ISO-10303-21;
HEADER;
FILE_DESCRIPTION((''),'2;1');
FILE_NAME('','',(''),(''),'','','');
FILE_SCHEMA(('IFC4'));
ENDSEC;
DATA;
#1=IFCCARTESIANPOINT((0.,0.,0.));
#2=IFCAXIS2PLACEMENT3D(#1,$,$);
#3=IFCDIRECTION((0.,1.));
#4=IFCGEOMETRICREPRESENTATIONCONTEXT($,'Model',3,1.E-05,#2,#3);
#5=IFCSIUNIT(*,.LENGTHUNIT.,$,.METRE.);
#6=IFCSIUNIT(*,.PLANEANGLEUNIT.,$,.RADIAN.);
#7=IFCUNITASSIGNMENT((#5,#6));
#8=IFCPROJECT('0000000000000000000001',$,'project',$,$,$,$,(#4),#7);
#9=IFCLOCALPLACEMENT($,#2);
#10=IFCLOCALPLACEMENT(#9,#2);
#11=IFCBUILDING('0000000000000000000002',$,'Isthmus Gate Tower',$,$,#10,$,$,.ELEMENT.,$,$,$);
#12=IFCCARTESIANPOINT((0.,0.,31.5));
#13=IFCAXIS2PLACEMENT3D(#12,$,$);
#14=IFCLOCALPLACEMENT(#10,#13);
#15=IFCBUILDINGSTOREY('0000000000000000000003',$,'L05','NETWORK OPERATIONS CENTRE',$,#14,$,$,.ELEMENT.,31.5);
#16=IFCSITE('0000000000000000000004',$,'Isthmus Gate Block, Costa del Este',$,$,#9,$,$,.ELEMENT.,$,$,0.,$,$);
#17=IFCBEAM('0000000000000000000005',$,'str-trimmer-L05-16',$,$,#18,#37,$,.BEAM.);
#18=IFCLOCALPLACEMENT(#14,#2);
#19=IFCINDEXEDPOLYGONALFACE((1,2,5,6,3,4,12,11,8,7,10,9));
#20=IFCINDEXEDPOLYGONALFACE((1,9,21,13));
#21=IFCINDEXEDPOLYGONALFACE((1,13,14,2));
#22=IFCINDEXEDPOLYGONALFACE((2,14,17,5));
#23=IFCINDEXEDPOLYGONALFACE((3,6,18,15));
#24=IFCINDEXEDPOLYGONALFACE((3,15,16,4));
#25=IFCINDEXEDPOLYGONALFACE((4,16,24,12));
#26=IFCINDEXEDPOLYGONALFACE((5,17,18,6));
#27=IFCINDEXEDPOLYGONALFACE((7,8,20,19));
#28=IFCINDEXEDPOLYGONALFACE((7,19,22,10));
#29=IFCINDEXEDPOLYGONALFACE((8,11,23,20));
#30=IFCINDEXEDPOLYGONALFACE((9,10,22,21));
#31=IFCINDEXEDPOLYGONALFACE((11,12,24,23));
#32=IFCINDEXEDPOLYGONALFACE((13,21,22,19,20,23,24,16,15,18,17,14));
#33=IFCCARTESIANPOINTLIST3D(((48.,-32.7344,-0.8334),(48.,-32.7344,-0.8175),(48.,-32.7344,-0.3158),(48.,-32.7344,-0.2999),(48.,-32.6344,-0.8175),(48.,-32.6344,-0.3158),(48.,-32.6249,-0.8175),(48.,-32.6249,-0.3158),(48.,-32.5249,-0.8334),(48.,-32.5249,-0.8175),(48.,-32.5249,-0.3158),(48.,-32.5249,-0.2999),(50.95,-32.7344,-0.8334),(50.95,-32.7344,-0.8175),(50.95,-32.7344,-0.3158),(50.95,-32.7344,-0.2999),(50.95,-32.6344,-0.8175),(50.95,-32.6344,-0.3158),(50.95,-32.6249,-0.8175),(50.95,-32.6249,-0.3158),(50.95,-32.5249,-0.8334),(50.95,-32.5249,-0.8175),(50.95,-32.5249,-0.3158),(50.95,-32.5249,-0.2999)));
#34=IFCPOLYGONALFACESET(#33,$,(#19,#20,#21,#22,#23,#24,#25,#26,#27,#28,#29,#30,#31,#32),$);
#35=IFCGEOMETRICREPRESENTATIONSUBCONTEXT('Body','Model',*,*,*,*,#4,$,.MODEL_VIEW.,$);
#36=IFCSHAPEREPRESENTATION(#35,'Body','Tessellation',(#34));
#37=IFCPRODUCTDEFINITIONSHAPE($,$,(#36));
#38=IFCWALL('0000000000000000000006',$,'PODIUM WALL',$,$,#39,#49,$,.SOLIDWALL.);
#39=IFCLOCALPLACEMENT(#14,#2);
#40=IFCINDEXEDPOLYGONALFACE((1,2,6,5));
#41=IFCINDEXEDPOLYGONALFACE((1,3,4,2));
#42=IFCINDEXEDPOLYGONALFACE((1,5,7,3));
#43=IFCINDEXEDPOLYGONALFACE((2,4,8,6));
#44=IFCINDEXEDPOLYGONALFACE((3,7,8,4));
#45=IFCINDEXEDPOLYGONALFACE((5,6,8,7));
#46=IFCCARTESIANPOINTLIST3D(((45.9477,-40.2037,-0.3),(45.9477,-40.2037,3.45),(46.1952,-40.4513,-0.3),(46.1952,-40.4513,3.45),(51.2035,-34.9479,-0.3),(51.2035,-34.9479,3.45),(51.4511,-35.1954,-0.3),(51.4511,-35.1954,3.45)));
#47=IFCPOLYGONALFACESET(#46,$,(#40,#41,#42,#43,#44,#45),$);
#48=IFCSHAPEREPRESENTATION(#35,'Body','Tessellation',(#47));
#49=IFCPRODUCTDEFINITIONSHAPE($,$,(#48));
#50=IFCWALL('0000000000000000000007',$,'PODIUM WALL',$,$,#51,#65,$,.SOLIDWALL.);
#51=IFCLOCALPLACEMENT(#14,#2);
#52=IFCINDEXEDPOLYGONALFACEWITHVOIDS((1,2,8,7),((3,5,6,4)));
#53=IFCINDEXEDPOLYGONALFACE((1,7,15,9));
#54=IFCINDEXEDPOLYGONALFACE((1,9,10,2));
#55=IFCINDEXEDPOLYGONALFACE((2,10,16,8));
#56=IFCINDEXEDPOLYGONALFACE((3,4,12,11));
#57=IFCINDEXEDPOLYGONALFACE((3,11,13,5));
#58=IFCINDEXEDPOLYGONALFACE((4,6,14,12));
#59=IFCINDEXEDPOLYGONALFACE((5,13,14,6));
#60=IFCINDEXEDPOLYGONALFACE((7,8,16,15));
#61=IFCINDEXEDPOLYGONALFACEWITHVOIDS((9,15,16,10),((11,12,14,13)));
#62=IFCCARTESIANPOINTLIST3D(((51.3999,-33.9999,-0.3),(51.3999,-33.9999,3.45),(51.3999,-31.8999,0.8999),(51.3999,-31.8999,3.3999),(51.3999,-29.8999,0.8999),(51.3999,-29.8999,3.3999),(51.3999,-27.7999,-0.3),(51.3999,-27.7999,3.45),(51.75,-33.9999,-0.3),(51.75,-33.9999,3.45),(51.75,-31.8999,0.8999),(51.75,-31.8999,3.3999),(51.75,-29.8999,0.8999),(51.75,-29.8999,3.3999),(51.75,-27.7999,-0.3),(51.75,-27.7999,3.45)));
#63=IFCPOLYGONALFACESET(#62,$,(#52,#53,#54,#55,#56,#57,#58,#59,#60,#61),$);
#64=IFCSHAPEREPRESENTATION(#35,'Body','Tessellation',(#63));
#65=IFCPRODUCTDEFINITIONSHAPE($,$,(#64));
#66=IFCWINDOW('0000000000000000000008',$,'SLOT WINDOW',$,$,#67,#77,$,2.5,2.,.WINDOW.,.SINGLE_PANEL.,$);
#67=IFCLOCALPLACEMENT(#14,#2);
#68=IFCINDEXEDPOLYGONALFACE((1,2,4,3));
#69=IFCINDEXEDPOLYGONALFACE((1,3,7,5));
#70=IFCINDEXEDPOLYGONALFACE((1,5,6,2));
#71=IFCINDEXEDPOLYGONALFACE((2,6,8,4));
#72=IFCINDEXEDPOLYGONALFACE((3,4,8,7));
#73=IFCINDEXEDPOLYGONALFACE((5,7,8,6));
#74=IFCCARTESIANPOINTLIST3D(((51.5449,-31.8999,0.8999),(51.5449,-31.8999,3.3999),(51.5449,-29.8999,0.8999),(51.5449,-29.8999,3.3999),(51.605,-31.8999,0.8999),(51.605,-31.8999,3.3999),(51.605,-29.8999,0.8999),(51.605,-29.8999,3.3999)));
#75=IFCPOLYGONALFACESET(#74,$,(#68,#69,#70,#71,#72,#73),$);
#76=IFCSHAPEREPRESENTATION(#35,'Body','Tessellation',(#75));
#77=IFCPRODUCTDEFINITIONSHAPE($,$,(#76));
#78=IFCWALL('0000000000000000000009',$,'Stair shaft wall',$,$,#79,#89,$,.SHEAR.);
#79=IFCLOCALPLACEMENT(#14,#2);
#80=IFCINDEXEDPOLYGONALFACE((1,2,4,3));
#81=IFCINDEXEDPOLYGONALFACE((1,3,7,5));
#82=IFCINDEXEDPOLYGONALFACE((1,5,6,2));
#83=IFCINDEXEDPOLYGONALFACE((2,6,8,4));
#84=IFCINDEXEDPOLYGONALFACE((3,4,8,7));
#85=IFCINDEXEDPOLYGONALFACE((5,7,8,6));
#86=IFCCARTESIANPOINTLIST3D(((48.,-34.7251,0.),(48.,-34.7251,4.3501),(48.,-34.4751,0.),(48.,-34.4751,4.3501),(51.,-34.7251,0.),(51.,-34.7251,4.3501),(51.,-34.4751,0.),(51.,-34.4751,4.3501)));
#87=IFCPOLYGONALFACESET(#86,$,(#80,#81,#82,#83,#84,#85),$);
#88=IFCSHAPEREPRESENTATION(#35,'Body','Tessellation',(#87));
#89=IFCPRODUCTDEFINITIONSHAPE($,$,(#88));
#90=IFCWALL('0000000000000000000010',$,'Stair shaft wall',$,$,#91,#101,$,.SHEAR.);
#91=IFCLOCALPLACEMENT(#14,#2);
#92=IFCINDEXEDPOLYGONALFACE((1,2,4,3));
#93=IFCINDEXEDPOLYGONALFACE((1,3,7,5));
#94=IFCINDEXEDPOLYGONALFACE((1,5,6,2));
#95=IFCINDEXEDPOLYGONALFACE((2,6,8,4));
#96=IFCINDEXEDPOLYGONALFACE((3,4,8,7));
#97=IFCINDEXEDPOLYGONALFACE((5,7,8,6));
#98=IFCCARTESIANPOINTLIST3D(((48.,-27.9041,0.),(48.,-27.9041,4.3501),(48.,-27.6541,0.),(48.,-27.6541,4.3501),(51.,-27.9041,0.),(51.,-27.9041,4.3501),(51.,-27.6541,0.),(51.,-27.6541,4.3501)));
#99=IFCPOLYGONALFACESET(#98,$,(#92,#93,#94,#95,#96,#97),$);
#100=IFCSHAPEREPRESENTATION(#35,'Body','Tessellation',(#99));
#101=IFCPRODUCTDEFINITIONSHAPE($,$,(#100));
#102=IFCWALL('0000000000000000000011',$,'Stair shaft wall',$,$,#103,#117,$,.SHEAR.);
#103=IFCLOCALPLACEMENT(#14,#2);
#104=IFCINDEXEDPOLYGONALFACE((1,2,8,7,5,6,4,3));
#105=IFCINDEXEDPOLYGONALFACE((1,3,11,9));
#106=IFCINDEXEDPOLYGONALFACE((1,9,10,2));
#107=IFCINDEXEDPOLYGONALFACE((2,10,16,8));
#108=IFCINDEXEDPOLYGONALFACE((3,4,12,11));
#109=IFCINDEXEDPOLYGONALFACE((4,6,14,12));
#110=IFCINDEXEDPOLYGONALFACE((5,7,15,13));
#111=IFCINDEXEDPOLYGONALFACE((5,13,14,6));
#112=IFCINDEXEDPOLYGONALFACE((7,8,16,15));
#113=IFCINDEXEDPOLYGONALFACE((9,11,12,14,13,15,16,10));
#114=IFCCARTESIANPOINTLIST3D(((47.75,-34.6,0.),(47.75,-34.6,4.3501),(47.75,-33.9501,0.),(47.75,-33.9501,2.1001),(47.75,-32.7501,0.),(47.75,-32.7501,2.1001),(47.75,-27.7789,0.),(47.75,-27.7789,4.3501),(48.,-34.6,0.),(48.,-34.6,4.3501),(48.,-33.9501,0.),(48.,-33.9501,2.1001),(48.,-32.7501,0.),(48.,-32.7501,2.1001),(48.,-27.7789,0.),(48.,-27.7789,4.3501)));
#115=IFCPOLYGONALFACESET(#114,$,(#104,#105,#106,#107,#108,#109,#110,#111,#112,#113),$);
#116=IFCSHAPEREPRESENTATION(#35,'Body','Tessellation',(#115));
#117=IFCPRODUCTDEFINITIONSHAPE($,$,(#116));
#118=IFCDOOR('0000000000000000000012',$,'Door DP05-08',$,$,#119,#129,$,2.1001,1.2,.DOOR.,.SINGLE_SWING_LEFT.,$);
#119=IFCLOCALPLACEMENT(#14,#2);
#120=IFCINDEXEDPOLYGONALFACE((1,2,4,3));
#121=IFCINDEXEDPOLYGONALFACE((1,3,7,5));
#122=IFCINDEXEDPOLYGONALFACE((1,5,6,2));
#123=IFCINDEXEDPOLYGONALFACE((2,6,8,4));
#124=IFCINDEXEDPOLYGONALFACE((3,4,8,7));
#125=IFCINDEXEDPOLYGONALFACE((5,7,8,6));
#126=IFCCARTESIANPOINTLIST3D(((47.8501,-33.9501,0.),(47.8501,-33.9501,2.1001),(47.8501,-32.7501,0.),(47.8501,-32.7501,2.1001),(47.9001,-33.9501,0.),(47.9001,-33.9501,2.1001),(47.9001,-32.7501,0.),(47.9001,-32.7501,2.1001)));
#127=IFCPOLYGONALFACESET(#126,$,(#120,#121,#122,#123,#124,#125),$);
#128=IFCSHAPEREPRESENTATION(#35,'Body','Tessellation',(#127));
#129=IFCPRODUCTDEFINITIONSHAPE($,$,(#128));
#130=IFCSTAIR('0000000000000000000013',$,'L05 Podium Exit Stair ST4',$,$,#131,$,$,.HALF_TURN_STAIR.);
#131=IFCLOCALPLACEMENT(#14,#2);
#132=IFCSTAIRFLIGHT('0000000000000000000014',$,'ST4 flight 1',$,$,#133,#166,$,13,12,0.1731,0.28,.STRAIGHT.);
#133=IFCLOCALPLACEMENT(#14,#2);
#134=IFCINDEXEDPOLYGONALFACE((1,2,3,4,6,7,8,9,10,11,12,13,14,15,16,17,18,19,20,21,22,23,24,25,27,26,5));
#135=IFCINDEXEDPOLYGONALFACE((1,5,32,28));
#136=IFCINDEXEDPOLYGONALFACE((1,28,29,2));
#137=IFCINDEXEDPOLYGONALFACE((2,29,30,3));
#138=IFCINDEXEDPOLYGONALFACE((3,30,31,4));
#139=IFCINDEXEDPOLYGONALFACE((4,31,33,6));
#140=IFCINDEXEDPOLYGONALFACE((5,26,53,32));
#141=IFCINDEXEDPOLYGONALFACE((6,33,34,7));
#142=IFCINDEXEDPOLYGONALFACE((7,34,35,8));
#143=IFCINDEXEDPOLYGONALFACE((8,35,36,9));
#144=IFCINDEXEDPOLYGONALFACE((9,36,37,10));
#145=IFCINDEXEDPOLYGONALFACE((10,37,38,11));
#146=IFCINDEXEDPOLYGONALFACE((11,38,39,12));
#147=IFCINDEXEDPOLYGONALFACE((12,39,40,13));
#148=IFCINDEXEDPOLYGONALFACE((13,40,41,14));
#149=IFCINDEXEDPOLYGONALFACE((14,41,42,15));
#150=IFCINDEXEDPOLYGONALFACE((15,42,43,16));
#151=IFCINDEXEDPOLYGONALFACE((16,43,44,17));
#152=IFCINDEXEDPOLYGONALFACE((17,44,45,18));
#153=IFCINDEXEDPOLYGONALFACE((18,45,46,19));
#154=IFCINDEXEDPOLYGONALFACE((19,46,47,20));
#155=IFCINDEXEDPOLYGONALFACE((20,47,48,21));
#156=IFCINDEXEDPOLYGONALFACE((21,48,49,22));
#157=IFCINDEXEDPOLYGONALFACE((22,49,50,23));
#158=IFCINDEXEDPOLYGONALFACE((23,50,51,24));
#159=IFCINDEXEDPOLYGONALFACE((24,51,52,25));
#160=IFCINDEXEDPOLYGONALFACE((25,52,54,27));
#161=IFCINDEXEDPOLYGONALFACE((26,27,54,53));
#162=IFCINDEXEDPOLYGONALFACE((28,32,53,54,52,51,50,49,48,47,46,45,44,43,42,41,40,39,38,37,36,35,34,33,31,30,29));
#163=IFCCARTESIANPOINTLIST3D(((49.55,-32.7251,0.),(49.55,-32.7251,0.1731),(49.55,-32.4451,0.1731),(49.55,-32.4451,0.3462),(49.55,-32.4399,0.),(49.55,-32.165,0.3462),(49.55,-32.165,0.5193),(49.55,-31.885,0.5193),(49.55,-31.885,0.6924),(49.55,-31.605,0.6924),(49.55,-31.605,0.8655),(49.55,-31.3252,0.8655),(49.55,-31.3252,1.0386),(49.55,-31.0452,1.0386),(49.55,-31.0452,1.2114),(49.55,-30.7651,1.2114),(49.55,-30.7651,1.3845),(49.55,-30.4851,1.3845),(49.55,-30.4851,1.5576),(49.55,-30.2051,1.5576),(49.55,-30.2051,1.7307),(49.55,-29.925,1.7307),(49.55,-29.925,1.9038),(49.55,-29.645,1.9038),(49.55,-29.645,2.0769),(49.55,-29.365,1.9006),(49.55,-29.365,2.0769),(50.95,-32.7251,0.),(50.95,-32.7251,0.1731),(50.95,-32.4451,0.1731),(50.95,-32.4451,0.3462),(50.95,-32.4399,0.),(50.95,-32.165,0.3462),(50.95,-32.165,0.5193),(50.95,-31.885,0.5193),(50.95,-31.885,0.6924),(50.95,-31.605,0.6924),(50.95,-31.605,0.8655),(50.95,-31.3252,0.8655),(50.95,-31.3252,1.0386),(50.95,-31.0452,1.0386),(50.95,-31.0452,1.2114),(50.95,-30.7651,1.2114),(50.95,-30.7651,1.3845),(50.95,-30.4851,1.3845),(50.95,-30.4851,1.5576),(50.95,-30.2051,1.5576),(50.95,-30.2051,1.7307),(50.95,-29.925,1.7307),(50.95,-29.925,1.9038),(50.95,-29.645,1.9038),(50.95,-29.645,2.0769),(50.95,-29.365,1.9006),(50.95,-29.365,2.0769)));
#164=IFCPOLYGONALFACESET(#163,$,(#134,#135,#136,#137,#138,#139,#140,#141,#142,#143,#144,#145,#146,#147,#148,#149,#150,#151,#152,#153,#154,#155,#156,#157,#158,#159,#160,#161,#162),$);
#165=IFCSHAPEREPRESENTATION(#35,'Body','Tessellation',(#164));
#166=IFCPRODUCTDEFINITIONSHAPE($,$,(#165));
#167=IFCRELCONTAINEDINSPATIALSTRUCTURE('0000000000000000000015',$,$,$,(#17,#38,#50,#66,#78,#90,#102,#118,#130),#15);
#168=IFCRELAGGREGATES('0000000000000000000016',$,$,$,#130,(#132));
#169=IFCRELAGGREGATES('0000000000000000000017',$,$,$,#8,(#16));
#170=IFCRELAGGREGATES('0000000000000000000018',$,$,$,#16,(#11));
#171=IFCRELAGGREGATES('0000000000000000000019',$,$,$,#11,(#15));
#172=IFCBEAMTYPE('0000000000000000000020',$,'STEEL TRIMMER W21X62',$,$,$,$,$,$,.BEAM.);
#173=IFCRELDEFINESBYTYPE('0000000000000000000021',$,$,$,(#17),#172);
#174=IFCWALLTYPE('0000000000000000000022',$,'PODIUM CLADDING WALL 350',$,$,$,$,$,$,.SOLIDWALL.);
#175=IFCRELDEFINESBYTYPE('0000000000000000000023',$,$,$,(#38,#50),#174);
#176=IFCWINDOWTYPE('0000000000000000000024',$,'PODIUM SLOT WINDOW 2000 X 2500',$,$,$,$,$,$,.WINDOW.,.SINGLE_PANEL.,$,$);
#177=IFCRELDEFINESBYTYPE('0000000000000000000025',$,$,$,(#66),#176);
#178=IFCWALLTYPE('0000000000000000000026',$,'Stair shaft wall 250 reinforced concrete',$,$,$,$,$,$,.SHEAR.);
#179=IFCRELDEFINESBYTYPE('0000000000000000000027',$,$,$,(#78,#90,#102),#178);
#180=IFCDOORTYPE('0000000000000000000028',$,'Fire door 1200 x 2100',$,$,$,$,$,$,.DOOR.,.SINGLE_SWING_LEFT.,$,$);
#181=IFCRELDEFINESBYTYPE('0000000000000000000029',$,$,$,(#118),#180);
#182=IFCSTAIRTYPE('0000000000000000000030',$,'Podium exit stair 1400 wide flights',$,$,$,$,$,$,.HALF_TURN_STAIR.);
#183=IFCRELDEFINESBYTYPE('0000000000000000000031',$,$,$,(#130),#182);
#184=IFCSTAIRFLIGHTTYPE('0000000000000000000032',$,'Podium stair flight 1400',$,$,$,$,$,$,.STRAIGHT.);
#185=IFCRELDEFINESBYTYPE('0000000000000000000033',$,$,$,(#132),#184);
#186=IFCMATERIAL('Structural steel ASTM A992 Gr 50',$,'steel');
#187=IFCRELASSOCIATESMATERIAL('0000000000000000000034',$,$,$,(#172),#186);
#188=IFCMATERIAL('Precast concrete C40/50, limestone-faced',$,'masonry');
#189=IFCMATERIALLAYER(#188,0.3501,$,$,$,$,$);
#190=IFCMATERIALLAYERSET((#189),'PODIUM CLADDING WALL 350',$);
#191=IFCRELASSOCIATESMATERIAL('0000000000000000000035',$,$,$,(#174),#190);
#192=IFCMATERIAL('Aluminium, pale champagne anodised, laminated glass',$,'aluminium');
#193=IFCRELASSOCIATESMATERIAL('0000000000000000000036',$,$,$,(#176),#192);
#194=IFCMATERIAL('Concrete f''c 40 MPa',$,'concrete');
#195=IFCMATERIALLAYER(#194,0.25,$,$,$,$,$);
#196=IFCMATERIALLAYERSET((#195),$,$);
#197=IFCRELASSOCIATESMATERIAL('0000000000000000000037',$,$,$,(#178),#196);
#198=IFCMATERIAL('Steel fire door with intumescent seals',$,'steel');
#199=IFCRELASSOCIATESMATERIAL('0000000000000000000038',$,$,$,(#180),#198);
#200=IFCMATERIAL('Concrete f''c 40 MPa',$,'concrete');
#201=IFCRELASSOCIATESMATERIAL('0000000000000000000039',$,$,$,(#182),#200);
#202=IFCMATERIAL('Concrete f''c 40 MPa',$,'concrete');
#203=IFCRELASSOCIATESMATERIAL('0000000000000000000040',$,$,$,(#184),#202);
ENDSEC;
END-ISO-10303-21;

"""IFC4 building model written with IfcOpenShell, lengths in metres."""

from ifc_helpers import new_model, si_unit, direction, frame, frame_2d, origin, origin_2d, place, context, subcontext, project, spatial, polyline, rectangle, i_section, outline, extrude, material, layer, layer_set, material_profile, profile_set, type_object, element, fill, aggregate, save


model = new_model("IFC4")

# Units and contexts
model_context = context("Model", 3, precision=1e-05, world=origin(), true_north=direction((0.0, 1.0)))
body_context = subcontext(model_context, "Body", "Model", "MODEL_VIEW")
ifc_project = project(units=[si_unit("LENGTHUNIT", "METRE"), si_unit("PLANEANGLEUNIT", "RADIAN")], contexts=[model_context])

# Site, building, storey
site_placement = place(None, origin())
site = spatial("IfcSite", under=ifc_project, at=site_placement, Name="Isthmus Gate Block, Costa del Este", CompositionType="ELEMENT", RefElevation=0.0)
building_placement = place(site_placement, origin())
building = spatial("IfcBuilding", under=site, at=building_placement, Name="Isthmus Gate Tower", CompositionType="ELEMENT")
storey_placement = place(building_placement, frame((0.0, 0.0, 31.5)))
storey = spatial("IfcBuildingStorey", under=building, at=storey_placement, Name="L05", Description="NETWORK OPERATIONS CENTRE", CompositionType="ELEMENT", Elevation=31.5)

# Beam
ifc_material_1 = material(Name="Structural steel ASTM A992 Gr 50", Category="steel")
ifc_material_profile_1 = material_profile(ifc_material_1, i_section(OverallWidth=0.2095, OverallDepth=0.5334, WebThickness=0.0095, FlangeThickness=0.0159, at=origin_2d()), Name="W21X62")
ifc_profile_set_1 = profile_set([ifc_material_profile_1], Name="Structural steel ASTM A992 Gr 50")
beam_type_1 = type_object("IfcBeamType", Name="STEEL TRIMMER W21X62", PredefinedType="BEAM", material=ifc_profile_set_1)
beam_1_placement = place(storey_placement, frame((48.0, -32.6296, -0.5667), z_axis=(1.0, 0.0, 0.0), x_axis=(0.0, 1.0, 0.0)))
element("IfcBeam", 1, at=beam_1_placement, inside=storey, type_object=beam_type_1, Name="str-trimmer-L05-16", PredefinedType="BEAM", context=body_context, shape_type="SweptSolid", body=[
    extrude(i_section(OverallWidth=0.2095, OverallDepth=0.5334, WebThickness=0.0095, FlangeThickness=0.0159, at=origin_2d()), origin(), (0.0, 0.0, 1.0), 2.95),
])

# Wall
ifc_material_2 = material(Name="Precast concrete C40/50, limestone-faced", Category="masonry")
ifc_layer_1 = layer(ifc_material_2, 0.3501)
ifc_layer_set_1 = layer_set([ifc_layer_1], Name="PODIUM CLADDING WALL 350")
wall_type_1 = type_object("IfcWallType", Name="PODIUM CLADDING WALL 350", PredefinedType="SOLIDWALL", material=ifc_layer_set_1)
wall_1_placement = place(storey_placement, frame((46.0715, -40.3274, -0.3), z_axis=(0.0, 0.0, 1.0), x_axis=(0.707107, 0.707107, 0.0)))
element("IfcWall", 2, at=wall_1_placement, inside=storey, type_object=wall_type_1, Name="PODIUM WALL", PredefinedType="SOLIDWALL", context=body_context, shape_type="SweptSolid", body=[
    extrude(rectangle(XDim=7.4329, YDim=0.3501, at=frame_2d((3.7163, 0.0))), origin(), (0.0, 0.0, 1.0), 3.75),
])

# Wall, opening, window
wall_2_placement = place(storey_placement, frame((51.575, -34.0, -0.3), z_axis=(0.0, 0.0, 1.0), x_axis=(0.0, 1.0, 0.0)))
wall_2 = element("IfcWall", 3, at=wall_2_placement, inside=storey, type_object=wall_type_1, Name="PODIUM WALL", PredefinedType="SOLIDWALL", context=body_context, shape_type="SweptSolid", body=[
    extrude(rectangle(XDim=6.2, YDim=0.3501, at=frame_2d((3.1001, 0.0))), origin(), (0.0, 0.0, 1.0), 3.75),
])
opening_1_placement = place(wall_2_placement, frame((2.1001, 0.0, 1.2)))
opening_1 = element("IfcOpeningElement", 4, at=opening_1_placement, cuts=wall_2, PredefinedType="OPENING", context=body_context, shape_type="SweptSolid", body=[
    extrude(rectangle(XDim=2.0, YDim=2.5, at=frame_2d((1.0, 1.25))), frame((0.0, 0.1851, 0.0), z_axis=(0.0, -1.0, 0.0), x_axis=(1.0, 0.0, 0.0)), (0.0, 0.0, 1.0), 0.3701),
])
ifc_material_3 = material(Name="Aluminium, pale champagne anodised, laminated glass", Category="aluminium")
window_type = type_object("IfcWindowType", Name="PODIUM SLOT WINDOW 2000 X 2500", PartitioningType="SINGLE_PANEL", PredefinedType="WINDOW", material=ifc_material_3)
window_placement = place(opening_1_placement, origin())
window = element("IfcWindow", 5, at=window_placement, inside=storey, type_object=window_type, Name="SLOT WINDOW", OverallHeight=2.5, OverallWidth=2.0, PartitioningType="SINGLE_PANEL", PredefinedType="WINDOW", context=body_context, shape_type="SweptSolid", body=[
    extrude(rectangle(XDim=2.0, YDim=2.5, at=frame_2d((1.0, 1.25))), frame((0.0, 0.03, 0.0), z_axis=(0.0, -1.0, 0.0), x_axis=(1.0, 0.0, 0.0)), (0.0, 0.0, 1.0), 0.0601),
])
fill(opening_1, window)

# Walls
ifc_material_4 = material(Name="Concrete f'c 40 MPa", Category="concrete")
ifc_layer_2 = layer(ifc_material_4, 0.25)
ifc_layer_set_2 = layer_set([ifc_layer_2])
wall_type_2 = type_object("IfcWallType", Name="Stair shaft wall 250 reinforced concrete", PredefinedType="SHEAR", material=ifc_layer_set_2)
for number, where, z_axis, x_axis, name in (
    (6, (48.0, -34.6001, 0.0), (0.0, 0.0, 1.0), (1.0, 0.0, 0.0), "Stair shaft wall"),
    (7, (48.0, -27.7791, 0.0), (0.0, 0.0, 1.0), (1.0, 0.0, 0.0), "Stair shaft wall"),
):
    element("IfcWall", number, at=place(storey_placement, frame(where, z_axis=z_axis, x_axis=x_axis)), inside=storey, type_object=wall_type_2, Name=name, PredefinedType="SHEAR", context=body_context, shape_type="SweptSolid", body=[
        extrude(rectangle(XDim=3.0, YDim=0.25, at=frame_2d((1.5, 0.0))), origin(), (0.0, 0.0, 1.0), 4.3501),
    ])

# Wall, opening, door
wall_3_placement = place(storey_placement, frame((47.875, -34.6001, 0.0), z_axis=(0.0, 0.0, 1.0), x_axis=(0.0, 1.0, 0.0)))
wall_3 = element("IfcWall", 8, at=wall_3_placement, inside=storey, type_object=wall_type_2, Name="Stair shaft wall", PredefinedType="SHEAR", context=body_context, shape_type="SweptSolid", body=[
    extrude(rectangle(XDim=6.821, YDim=0.25, at=frame_2d((3.4106, 0.0))), origin(), (0.0, 0.0, 1.0), 4.3501),
])
opening_2_placement = place(wall_3_placement, frame((0.6499, 0.0, 0.0)))
opening_2 = element("IfcOpeningElement", 9, at=opening_2_placement, cuts=wall_3, PredefinedType="OPENING", context=body_context, shape_type="SweptSolid", body=[
    extrude(rectangle(XDim=1.2, YDim=2.1001, at=frame_2d((0.6001, 1.05))), frame((0.0, 0.135, 0.0), z_axis=(0.0, -1.0, 0.0), x_axis=(1.0, 0.0, 0.0)), (0.0, 0.0, 1.0), 0.27),
])
ifc_material_5 = material(Name="Steel fire door with intumescent seals", Category="steel")
door_type = type_object("IfcDoorType", Name="Fire door 1200 x 2100", OperationType="SINGLE_SWING_LEFT", PredefinedType="DOOR", material=ifc_material_5)
door_placement = place(opening_2_placement, origin())
door = element("IfcDoor", 10, at=door_placement, inside=storey, type_object=door_type, Name="Door DP05-08", OperationType="SINGLE_SWING_LEFT", OverallHeight=2.1001, OverallWidth=1.2, PredefinedType="DOOR", context=body_context, shape_type="SweptSolid", body=[
    extrude(rectangle(XDim=1.2, YDim=2.1001, at=frame_2d((0.6001, 1.05))), frame((0.0, 0.0249, 0.0), z_axis=(0.0, -1.0, 0.0), x_axis=(1.0, 0.0, 0.0)), (0.0, 0.0, 1.0), 0.05),
])
fill(opening_2, door)

# Stair, stair flight
ifc_material_6 = material(Name="Concrete f'c 40 MPa", Category="concrete")
stair_type = type_object("IfcStairType", Name="Podium exit stair 1400 wide flights", PredefinedType="HALF_TURN_STAIR", material=ifc_material_6)
stair_placement = place(storey_placement, origin())
stair = element("IfcStair", 11, at=stair_placement, inside=storey, type_object=stair_type, Name="L05 Podium Exit Stair ST4", PredefinedType="HALF_TURN_STAIR")
ifc_material_7 = material(Name="Concrete f'c 40 MPa", Category="concrete")
stair_flight_type = type_object("IfcStairFlightType", Name="Podium stair flight 1400", PredefinedType="STRAIGHT", material=ifc_material_7)
stair_flight_1_placement = place(storey_placement, frame((50.25, -32.7251, 0.0), z_axis=(0.0, 0.0, 1.0), x_axis=(0.0, 1.0, 0.0)))
stair_flight_1 = element("IfcStairFlight", 12, at=stair_flight_1_placement, type_object=stair_flight_type, Name="ST4 flight 1", NumberOfRisers=13, NumberOfTreads=12, PredefinedType="STRAIGHT", RiserHeight=0.1731, TreadLength=0.28, context=body_context, shape_type="SweptSolid", body=[
    extrude(outline(polyline([(0.0, 0.0), (0.0, 0.1731), (0.28, 0.1731), (0.28, 0.3462), (0.5601, 0.3462), (0.5601, 0.5193), (0.8401, 0.5193), (0.8401, 0.6924), (1.1201, 0.6924), (1.1201, 0.8655), (1.3999, 0.8655), (1.3999, 1.0386), (1.6799, 1.0386), (1.6799, 1.2114), (1.96, 1.2114), (1.96, 1.3845), (2.24, 1.3845), (2.24, 1.5576), (2.52, 1.5576), (2.52, 1.7307), (2.8, 1.7307), (2.8, 1.9038), (3.0801, 1.9038), (3.0801, 2.0769), (3.3601, 2.0769), (3.3601, 2.25), (3.3601, 1.9006), (0.2852, 0.0), (0.0, 0.0)])), frame((0.0, 0.7, 0.0), z_axis=(0.0, -1.0, 0.0), x_axis=(1.0, 0.0, 0.0)), (0.0, 0.0, 1.0), 1.3999),
])
aggregate(stair, [stair_flight_1])

save(model, "model.ifc")
